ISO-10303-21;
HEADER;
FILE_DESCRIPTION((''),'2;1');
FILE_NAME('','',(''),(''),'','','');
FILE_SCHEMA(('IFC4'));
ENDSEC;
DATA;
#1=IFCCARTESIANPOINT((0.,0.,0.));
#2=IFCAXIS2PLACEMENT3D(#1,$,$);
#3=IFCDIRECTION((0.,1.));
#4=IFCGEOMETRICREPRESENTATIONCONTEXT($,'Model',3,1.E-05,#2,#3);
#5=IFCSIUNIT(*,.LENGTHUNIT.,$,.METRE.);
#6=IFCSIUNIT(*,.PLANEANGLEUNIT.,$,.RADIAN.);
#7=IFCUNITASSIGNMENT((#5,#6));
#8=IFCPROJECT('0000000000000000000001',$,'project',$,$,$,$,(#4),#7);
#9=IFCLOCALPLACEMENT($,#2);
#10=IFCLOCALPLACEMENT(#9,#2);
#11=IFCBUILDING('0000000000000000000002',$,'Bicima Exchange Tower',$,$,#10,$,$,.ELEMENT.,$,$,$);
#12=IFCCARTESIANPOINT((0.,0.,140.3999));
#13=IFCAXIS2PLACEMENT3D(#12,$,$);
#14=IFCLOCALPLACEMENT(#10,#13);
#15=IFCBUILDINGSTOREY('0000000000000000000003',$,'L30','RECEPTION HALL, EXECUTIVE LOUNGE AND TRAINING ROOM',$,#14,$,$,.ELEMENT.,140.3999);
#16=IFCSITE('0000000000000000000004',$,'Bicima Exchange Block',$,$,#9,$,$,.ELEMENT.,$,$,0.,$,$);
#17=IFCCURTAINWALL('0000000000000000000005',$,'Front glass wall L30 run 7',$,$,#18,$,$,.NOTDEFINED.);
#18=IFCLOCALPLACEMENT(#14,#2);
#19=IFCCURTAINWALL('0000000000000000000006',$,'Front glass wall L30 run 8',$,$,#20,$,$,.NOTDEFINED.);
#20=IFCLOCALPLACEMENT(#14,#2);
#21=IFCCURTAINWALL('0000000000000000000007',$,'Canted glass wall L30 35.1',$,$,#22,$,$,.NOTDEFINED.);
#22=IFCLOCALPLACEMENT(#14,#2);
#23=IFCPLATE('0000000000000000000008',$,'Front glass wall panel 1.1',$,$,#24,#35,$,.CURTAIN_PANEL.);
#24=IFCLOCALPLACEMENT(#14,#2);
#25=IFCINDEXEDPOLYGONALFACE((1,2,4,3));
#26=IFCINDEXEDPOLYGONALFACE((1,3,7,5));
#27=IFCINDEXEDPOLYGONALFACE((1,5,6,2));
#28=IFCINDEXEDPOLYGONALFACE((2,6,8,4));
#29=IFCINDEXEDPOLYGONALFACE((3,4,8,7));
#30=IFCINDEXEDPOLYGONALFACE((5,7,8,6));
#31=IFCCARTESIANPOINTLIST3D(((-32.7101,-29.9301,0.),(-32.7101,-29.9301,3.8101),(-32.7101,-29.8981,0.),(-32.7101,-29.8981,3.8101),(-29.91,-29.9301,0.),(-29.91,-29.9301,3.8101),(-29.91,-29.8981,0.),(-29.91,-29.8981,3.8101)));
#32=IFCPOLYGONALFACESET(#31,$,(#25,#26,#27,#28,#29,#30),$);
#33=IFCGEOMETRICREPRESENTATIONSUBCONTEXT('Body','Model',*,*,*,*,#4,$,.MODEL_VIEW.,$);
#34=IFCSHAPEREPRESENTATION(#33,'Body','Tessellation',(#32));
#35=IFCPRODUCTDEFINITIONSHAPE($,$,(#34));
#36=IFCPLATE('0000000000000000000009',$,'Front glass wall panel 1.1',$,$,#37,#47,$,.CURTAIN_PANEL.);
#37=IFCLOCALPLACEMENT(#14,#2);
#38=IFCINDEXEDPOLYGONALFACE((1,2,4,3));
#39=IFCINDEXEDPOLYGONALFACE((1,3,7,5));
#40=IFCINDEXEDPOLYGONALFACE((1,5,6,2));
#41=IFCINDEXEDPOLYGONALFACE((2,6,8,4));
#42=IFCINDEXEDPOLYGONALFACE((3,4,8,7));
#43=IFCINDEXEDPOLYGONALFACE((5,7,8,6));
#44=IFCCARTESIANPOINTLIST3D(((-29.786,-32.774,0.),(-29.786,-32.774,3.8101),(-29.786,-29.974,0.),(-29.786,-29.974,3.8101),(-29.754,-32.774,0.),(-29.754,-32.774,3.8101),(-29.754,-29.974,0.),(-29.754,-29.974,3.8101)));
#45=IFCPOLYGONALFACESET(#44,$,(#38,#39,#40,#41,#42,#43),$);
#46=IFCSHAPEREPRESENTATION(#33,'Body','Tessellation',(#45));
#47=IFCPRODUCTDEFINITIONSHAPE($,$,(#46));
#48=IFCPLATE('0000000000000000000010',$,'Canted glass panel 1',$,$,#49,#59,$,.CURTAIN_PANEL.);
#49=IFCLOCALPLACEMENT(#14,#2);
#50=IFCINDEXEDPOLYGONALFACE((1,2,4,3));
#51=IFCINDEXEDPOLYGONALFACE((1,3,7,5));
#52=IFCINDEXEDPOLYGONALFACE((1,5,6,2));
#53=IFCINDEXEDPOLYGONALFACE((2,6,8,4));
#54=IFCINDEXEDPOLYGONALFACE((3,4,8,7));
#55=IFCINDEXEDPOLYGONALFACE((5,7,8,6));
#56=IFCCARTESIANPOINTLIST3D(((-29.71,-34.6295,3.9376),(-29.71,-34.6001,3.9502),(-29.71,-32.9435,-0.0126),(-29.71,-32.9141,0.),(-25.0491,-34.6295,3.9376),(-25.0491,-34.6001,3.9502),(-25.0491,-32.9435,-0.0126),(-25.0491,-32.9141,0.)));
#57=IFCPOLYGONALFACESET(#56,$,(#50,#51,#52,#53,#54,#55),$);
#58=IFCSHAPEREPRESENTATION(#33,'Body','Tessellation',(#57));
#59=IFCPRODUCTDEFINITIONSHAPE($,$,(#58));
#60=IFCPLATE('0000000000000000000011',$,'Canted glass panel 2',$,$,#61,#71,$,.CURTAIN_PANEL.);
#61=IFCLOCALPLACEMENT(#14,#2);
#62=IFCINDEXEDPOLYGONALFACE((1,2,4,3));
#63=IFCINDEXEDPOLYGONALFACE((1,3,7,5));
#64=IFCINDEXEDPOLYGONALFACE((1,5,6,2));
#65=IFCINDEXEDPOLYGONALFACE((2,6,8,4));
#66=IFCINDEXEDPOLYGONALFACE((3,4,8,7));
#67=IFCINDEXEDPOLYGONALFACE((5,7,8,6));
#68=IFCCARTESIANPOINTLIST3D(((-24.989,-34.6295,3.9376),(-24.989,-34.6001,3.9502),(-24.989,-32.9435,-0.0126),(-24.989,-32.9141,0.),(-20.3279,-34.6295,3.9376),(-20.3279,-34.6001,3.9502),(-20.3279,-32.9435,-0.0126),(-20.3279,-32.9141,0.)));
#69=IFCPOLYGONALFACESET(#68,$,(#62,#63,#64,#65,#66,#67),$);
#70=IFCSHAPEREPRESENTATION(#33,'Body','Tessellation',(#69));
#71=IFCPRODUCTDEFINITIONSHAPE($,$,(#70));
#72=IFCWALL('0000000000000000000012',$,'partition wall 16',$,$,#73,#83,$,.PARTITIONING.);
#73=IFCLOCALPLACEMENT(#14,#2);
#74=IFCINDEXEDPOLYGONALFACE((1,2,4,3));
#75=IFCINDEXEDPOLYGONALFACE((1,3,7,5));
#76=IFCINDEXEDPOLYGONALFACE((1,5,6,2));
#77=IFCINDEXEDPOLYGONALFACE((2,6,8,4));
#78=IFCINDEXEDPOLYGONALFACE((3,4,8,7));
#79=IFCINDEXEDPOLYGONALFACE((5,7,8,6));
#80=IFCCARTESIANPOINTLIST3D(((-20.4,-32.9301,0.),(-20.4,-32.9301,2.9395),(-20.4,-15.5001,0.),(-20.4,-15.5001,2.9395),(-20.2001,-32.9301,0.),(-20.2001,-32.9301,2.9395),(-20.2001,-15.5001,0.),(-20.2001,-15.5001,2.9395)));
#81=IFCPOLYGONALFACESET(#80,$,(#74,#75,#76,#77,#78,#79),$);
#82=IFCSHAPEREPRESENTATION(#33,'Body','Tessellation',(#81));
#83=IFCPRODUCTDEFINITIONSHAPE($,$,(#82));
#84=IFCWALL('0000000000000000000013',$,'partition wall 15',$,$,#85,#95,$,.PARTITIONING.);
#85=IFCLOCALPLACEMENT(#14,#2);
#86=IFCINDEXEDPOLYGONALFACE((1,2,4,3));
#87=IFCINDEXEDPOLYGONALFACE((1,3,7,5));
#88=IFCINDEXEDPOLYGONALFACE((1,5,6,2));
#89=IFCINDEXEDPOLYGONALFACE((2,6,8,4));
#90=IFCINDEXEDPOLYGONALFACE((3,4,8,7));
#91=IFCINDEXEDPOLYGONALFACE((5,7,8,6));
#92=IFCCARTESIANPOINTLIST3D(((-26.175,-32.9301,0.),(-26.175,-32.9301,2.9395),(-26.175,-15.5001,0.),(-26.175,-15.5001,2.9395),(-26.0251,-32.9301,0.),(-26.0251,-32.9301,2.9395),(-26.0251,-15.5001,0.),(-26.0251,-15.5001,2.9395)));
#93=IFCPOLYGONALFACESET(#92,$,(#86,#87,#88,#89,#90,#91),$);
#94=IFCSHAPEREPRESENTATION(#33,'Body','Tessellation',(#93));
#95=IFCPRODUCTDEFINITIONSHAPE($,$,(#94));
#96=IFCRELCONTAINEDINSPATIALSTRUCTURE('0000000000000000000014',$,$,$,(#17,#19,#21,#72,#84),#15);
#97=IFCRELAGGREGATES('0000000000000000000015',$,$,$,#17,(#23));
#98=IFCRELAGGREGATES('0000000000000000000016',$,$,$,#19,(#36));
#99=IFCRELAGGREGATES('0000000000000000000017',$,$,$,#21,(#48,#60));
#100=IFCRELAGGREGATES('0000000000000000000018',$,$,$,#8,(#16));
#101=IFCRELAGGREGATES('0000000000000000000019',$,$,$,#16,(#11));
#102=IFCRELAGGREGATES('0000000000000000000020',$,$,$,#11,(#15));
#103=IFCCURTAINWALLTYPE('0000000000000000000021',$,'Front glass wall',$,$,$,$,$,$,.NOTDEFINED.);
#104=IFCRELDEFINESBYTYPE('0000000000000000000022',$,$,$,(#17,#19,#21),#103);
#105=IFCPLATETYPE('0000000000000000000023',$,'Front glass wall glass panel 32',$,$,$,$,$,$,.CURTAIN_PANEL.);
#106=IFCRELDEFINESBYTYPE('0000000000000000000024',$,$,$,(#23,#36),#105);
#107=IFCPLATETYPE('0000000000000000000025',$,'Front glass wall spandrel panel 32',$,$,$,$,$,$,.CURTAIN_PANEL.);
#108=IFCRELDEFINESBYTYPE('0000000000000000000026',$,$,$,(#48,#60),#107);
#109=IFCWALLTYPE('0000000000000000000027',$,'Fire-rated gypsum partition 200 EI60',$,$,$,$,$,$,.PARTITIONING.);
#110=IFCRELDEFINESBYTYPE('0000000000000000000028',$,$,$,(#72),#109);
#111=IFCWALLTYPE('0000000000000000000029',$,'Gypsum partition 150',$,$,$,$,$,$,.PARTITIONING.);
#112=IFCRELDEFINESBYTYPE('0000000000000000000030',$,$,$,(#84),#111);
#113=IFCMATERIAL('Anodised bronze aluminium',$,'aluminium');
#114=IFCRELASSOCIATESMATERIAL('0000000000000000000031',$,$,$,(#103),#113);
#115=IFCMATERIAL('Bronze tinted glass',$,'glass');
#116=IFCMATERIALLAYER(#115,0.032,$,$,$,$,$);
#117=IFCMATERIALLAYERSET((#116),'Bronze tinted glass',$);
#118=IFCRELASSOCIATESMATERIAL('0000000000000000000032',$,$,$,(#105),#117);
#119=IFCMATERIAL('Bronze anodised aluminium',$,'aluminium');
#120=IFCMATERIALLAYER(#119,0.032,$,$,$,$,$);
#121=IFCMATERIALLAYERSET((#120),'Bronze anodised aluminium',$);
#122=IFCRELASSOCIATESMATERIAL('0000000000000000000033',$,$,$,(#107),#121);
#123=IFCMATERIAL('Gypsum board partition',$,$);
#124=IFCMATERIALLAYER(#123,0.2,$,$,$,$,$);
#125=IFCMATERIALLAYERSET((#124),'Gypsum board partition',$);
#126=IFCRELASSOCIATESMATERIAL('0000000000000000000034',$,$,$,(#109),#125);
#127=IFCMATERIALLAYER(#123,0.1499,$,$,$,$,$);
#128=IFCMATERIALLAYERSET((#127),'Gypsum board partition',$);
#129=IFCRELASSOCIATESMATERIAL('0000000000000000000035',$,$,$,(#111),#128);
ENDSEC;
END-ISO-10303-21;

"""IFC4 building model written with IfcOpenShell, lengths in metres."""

from ifc_helpers import new_model, si_unit, direction, frame, frame_2d, origin, origin_2d, place, context, subcontext, project, spatial, polyline, rectangle, outline, extrude, material, layer, layer_set, type_object, element, aggregate, save


model = new_model("IFC4")

# Units and contexts
model_context = context("Model", 3, precision=1e-05, world=origin(), true_north=direction((0.0, 1.0)))
body_context = subcontext(model_context, "Body", "Model", "MODEL_VIEW")
ifc_project = project(units=[si_unit("LENGTHUNIT", "METRE"), si_unit("PLANEANGLEUNIT", "RADIAN")], contexts=[model_context])

# Site, building, storey
site_placement = place(None, origin())
site = spatial("IfcSite", under=ifc_project, at=site_placement, Name="Bicima Exchange Block", CompositionType="ELEMENT", RefElevation=0.0)
building_placement = place(site_placement, origin())
building = spatial("IfcBuilding", under=site, at=building_placement, Name="Bicima Exchange Tower", CompositionType="ELEMENT")
storey_placement = place(building_placement, frame((0.0, 0.0, 140.3999)))
storey = spatial("IfcBuildingStorey", under=building, at=storey_placement, Name="L30", Description="RECEPTION HALL, EXECUTIVE LOUNGE AND TRAINING ROOM", CompositionType="ELEMENT", Elevation=140.3999)

# Shared definitions
ifc_material_1 = material(Name="Anodised bronze aluminium", Category="aluminium")

# Curtain walls
curtain_wall_type_1 = type_object("IfcCurtainWallType", Name="Front glass wall", PredefinedType="NOTDEFINED", material=ifc_material_1)
curtain_wall_1_placement = place(storey_placement, origin())
curtain_wall_1 = element("IfcCurtainWall", 1, at=curtain_wall_1_placement, inside=storey, type_object=curtain_wall_type_1, Name="Front glass wall L30 run 7", PredefinedType="NOTDEFINED")
curtain_wall_2_placement = place(storey_placement, origin())
curtain_wall_2 = element("IfcCurtainWall", 2, at=curtain_wall_2_placement, inside=storey, type_object=curtain_wall_type_1, Name="Front glass wall L30 run 8", PredefinedType="NOTDEFINED")
curtain_wall_3_placement = place(storey_placement, origin())
curtain_wall_3 = element("IfcCurtainWall", 3, at=curtain_wall_3_placement, inside=storey, type_object=curtain_wall_type_1, Name="Canted glass wall L30 35.1", PredefinedType="NOTDEFINED")

# Plates
ifc_material_2 = material(Name="Bronze tinted glass", Category="glass")
ifc_layer_1 = layer(ifc_material_2, 0.032)
ifc_layer_set_1 = layer_set([ifc_layer_1], Name="Bronze tinted glass")
plate_type_1 = type_object("IfcPlateType", Name="Front glass wall glass panel 32", PredefinedType="CURTAIN_PANEL", material=ifc_layer_set_1)
plate_1_placement = place(storey_placement, frame((-31.3101, -29.9141, 0.0), z_axis=(0.0, 0.0, 1.0), x_axis=(1.0, 0.0, 0.0)))
plate_1 = element("IfcPlate", 4, at=plate_1_placement, type_object=plate_type_1, Name="Front glass wall panel 1.1", PredefinedType="CURTAIN_PANEL", context=body_context, shape_type="SweptSolid", body=[
    extrude(rectangle(XDim=2.8, YDim=0.032, at=origin_2d()), origin(), (0.0, 0.0, 1.0), 3.8101),
])
aggregate(curtain_wall_1, [plate_1])
plate_2_placement = place(storey_placement, frame((-29.77, -31.374, 0.0), z_axis=(0.0, 0.0, 1.0), x_axis=(0.0, -1.0, 0.0)))
plate_2 = element("IfcPlate", 5, at=plate_2_placement, type_object=plate_type_1, Name="Front glass wall panel 1.1", PredefinedType="CURTAIN_PANEL", context=body_context, shape_type="SweptSolid", body=[
    extrude(rectangle(XDim=2.8, YDim=0.032, at=origin_2d()), origin(), (0.0, 0.0, 1.0), 3.8101),
])
aggregate(curtain_wall_2, [plate_2])
ifc_material_3 = material(Name="Bronze anodised aluminium", Category="aluminium")
ifc_layer_2 = layer(ifc_material_3, 0.032)
ifc_layer_set_2 = layer_set([ifc_layer_2], Name="Bronze anodised aluminium")
plate_type_2 = type_object("IfcPlateType", Name="Front glass wall spandrel panel 32", PredefinedType="CURTAIN_PANEL", material=ifc_layer_set_2)
plate_3_placement = place(storey_placement, frame((-29.71, -32.9141, 0.0), z_axis=(0.0, 0.919726, 0.392561), x_axis=(1.0, 0.0, 0.0)))
plate_3 = element("IfcPlate", 6, at=plate_3_placement, type_object=plate_type_2, Name="Canted glass panel 1", PredefinedType="CURTAIN_PANEL", context=body_context, shape_type="SweptSolid", body=[
    extrude(outline(polyline([(0.0, 0.0), (4.6609, 0.0), (4.6609, -4.295), (0.0, -4.295), (0.0, 0.0)])), origin(), (0.0, 0.0, -1.0), 0.032),
])
plate_4_placement = place(storey_placement, frame((-24.989, -32.9141, 0.0), z_axis=(0.0, 0.919726, 0.392561), x_axis=(1.0, 0.0, 0.0)))
plate_4 = element("IfcPlate", 7, at=plate_4_placement, type_object=plate_type_2, Name="Canted glass panel 2", PredefinedType="CURTAIN_PANEL", context=body_context, shape_type="SweptSolid", body=[
    extrude(outline(polyline([(0.0, 0.0), (4.6611, 0.0), (4.6611, -4.295), (0.0, -4.295), (0.0, 0.0)])), origin(), (0.0, 0.0, -1.0), 0.032),
])
aggregate(curtain_wall_3, [plate_3, plate_4])

# Walls
ifc_material_4 = material(Name="Gypsum board partition")
ifc_layer_3 = layer(ifc_material_4, 0.2)
ifc_layer_set_3 = layer_set([ifc_layer_3], Name="Gypsum board partition")
wall_type_1 = type_object("IfcWallType", Name="Fire-rated gypsum partition 200 EI60", PredefinedType="PARTITIONING", material=ifc_layer_set_3)
wall_1_placement = place(storey_placement, frame((-20.3, -32.9299, 0.0), z_axis=(0.0, 0.0, 1.0), x_axis=(0.0, 1.0, 0.0)))
element("IfcWall", 8, at=wall_1_placement, inside=storey, type_object=wall_type_1, Name="partition wall 16", PredefinedType="PARTITIONING", context=body_context, shape_type="SweptSolid", body=[
    extrude(rectangle(XDim=17.4299, YDim=0.2, at=frame_2d((8.7148, 0.0))), origin(), (0.0, 0.0, 1.0), 2.9395),
])
ifc_layer_4 = layer(ifc_material_4, 0.1499)
ifc_layer_set_4 = layer_set([ifc_layer_4], Name="Gypsum board partition")
wall_type_2 = type_object("IfcWallType", Name="Gypsum partition 150", PredefinedType="PARTITIONING", material=ifc_layer_set_4)
wall_2_placement = place(storey_placement, frame((-26.1001, -32.9299, 0.0), z_axis=(0.0, 0.0, 1.0), x_axis=(0.0, 1.0, 0.0)))
element("IfcWall", 9, at=wall_2_placement, inside=storey, type_object=wall_type_2, Name="partition wall 15", PredefinedType="PARTITIONING", context=body_context, shape_type="SweptSolid", body=[
    extrude(rectangle(XDim=17.4299, YDim=0.1499, at=frame_2d((8.7148, 0.0))), origin(), (0.0, 0.0, 1.0), 2.9395),
])

save(model, "model.ifc")
